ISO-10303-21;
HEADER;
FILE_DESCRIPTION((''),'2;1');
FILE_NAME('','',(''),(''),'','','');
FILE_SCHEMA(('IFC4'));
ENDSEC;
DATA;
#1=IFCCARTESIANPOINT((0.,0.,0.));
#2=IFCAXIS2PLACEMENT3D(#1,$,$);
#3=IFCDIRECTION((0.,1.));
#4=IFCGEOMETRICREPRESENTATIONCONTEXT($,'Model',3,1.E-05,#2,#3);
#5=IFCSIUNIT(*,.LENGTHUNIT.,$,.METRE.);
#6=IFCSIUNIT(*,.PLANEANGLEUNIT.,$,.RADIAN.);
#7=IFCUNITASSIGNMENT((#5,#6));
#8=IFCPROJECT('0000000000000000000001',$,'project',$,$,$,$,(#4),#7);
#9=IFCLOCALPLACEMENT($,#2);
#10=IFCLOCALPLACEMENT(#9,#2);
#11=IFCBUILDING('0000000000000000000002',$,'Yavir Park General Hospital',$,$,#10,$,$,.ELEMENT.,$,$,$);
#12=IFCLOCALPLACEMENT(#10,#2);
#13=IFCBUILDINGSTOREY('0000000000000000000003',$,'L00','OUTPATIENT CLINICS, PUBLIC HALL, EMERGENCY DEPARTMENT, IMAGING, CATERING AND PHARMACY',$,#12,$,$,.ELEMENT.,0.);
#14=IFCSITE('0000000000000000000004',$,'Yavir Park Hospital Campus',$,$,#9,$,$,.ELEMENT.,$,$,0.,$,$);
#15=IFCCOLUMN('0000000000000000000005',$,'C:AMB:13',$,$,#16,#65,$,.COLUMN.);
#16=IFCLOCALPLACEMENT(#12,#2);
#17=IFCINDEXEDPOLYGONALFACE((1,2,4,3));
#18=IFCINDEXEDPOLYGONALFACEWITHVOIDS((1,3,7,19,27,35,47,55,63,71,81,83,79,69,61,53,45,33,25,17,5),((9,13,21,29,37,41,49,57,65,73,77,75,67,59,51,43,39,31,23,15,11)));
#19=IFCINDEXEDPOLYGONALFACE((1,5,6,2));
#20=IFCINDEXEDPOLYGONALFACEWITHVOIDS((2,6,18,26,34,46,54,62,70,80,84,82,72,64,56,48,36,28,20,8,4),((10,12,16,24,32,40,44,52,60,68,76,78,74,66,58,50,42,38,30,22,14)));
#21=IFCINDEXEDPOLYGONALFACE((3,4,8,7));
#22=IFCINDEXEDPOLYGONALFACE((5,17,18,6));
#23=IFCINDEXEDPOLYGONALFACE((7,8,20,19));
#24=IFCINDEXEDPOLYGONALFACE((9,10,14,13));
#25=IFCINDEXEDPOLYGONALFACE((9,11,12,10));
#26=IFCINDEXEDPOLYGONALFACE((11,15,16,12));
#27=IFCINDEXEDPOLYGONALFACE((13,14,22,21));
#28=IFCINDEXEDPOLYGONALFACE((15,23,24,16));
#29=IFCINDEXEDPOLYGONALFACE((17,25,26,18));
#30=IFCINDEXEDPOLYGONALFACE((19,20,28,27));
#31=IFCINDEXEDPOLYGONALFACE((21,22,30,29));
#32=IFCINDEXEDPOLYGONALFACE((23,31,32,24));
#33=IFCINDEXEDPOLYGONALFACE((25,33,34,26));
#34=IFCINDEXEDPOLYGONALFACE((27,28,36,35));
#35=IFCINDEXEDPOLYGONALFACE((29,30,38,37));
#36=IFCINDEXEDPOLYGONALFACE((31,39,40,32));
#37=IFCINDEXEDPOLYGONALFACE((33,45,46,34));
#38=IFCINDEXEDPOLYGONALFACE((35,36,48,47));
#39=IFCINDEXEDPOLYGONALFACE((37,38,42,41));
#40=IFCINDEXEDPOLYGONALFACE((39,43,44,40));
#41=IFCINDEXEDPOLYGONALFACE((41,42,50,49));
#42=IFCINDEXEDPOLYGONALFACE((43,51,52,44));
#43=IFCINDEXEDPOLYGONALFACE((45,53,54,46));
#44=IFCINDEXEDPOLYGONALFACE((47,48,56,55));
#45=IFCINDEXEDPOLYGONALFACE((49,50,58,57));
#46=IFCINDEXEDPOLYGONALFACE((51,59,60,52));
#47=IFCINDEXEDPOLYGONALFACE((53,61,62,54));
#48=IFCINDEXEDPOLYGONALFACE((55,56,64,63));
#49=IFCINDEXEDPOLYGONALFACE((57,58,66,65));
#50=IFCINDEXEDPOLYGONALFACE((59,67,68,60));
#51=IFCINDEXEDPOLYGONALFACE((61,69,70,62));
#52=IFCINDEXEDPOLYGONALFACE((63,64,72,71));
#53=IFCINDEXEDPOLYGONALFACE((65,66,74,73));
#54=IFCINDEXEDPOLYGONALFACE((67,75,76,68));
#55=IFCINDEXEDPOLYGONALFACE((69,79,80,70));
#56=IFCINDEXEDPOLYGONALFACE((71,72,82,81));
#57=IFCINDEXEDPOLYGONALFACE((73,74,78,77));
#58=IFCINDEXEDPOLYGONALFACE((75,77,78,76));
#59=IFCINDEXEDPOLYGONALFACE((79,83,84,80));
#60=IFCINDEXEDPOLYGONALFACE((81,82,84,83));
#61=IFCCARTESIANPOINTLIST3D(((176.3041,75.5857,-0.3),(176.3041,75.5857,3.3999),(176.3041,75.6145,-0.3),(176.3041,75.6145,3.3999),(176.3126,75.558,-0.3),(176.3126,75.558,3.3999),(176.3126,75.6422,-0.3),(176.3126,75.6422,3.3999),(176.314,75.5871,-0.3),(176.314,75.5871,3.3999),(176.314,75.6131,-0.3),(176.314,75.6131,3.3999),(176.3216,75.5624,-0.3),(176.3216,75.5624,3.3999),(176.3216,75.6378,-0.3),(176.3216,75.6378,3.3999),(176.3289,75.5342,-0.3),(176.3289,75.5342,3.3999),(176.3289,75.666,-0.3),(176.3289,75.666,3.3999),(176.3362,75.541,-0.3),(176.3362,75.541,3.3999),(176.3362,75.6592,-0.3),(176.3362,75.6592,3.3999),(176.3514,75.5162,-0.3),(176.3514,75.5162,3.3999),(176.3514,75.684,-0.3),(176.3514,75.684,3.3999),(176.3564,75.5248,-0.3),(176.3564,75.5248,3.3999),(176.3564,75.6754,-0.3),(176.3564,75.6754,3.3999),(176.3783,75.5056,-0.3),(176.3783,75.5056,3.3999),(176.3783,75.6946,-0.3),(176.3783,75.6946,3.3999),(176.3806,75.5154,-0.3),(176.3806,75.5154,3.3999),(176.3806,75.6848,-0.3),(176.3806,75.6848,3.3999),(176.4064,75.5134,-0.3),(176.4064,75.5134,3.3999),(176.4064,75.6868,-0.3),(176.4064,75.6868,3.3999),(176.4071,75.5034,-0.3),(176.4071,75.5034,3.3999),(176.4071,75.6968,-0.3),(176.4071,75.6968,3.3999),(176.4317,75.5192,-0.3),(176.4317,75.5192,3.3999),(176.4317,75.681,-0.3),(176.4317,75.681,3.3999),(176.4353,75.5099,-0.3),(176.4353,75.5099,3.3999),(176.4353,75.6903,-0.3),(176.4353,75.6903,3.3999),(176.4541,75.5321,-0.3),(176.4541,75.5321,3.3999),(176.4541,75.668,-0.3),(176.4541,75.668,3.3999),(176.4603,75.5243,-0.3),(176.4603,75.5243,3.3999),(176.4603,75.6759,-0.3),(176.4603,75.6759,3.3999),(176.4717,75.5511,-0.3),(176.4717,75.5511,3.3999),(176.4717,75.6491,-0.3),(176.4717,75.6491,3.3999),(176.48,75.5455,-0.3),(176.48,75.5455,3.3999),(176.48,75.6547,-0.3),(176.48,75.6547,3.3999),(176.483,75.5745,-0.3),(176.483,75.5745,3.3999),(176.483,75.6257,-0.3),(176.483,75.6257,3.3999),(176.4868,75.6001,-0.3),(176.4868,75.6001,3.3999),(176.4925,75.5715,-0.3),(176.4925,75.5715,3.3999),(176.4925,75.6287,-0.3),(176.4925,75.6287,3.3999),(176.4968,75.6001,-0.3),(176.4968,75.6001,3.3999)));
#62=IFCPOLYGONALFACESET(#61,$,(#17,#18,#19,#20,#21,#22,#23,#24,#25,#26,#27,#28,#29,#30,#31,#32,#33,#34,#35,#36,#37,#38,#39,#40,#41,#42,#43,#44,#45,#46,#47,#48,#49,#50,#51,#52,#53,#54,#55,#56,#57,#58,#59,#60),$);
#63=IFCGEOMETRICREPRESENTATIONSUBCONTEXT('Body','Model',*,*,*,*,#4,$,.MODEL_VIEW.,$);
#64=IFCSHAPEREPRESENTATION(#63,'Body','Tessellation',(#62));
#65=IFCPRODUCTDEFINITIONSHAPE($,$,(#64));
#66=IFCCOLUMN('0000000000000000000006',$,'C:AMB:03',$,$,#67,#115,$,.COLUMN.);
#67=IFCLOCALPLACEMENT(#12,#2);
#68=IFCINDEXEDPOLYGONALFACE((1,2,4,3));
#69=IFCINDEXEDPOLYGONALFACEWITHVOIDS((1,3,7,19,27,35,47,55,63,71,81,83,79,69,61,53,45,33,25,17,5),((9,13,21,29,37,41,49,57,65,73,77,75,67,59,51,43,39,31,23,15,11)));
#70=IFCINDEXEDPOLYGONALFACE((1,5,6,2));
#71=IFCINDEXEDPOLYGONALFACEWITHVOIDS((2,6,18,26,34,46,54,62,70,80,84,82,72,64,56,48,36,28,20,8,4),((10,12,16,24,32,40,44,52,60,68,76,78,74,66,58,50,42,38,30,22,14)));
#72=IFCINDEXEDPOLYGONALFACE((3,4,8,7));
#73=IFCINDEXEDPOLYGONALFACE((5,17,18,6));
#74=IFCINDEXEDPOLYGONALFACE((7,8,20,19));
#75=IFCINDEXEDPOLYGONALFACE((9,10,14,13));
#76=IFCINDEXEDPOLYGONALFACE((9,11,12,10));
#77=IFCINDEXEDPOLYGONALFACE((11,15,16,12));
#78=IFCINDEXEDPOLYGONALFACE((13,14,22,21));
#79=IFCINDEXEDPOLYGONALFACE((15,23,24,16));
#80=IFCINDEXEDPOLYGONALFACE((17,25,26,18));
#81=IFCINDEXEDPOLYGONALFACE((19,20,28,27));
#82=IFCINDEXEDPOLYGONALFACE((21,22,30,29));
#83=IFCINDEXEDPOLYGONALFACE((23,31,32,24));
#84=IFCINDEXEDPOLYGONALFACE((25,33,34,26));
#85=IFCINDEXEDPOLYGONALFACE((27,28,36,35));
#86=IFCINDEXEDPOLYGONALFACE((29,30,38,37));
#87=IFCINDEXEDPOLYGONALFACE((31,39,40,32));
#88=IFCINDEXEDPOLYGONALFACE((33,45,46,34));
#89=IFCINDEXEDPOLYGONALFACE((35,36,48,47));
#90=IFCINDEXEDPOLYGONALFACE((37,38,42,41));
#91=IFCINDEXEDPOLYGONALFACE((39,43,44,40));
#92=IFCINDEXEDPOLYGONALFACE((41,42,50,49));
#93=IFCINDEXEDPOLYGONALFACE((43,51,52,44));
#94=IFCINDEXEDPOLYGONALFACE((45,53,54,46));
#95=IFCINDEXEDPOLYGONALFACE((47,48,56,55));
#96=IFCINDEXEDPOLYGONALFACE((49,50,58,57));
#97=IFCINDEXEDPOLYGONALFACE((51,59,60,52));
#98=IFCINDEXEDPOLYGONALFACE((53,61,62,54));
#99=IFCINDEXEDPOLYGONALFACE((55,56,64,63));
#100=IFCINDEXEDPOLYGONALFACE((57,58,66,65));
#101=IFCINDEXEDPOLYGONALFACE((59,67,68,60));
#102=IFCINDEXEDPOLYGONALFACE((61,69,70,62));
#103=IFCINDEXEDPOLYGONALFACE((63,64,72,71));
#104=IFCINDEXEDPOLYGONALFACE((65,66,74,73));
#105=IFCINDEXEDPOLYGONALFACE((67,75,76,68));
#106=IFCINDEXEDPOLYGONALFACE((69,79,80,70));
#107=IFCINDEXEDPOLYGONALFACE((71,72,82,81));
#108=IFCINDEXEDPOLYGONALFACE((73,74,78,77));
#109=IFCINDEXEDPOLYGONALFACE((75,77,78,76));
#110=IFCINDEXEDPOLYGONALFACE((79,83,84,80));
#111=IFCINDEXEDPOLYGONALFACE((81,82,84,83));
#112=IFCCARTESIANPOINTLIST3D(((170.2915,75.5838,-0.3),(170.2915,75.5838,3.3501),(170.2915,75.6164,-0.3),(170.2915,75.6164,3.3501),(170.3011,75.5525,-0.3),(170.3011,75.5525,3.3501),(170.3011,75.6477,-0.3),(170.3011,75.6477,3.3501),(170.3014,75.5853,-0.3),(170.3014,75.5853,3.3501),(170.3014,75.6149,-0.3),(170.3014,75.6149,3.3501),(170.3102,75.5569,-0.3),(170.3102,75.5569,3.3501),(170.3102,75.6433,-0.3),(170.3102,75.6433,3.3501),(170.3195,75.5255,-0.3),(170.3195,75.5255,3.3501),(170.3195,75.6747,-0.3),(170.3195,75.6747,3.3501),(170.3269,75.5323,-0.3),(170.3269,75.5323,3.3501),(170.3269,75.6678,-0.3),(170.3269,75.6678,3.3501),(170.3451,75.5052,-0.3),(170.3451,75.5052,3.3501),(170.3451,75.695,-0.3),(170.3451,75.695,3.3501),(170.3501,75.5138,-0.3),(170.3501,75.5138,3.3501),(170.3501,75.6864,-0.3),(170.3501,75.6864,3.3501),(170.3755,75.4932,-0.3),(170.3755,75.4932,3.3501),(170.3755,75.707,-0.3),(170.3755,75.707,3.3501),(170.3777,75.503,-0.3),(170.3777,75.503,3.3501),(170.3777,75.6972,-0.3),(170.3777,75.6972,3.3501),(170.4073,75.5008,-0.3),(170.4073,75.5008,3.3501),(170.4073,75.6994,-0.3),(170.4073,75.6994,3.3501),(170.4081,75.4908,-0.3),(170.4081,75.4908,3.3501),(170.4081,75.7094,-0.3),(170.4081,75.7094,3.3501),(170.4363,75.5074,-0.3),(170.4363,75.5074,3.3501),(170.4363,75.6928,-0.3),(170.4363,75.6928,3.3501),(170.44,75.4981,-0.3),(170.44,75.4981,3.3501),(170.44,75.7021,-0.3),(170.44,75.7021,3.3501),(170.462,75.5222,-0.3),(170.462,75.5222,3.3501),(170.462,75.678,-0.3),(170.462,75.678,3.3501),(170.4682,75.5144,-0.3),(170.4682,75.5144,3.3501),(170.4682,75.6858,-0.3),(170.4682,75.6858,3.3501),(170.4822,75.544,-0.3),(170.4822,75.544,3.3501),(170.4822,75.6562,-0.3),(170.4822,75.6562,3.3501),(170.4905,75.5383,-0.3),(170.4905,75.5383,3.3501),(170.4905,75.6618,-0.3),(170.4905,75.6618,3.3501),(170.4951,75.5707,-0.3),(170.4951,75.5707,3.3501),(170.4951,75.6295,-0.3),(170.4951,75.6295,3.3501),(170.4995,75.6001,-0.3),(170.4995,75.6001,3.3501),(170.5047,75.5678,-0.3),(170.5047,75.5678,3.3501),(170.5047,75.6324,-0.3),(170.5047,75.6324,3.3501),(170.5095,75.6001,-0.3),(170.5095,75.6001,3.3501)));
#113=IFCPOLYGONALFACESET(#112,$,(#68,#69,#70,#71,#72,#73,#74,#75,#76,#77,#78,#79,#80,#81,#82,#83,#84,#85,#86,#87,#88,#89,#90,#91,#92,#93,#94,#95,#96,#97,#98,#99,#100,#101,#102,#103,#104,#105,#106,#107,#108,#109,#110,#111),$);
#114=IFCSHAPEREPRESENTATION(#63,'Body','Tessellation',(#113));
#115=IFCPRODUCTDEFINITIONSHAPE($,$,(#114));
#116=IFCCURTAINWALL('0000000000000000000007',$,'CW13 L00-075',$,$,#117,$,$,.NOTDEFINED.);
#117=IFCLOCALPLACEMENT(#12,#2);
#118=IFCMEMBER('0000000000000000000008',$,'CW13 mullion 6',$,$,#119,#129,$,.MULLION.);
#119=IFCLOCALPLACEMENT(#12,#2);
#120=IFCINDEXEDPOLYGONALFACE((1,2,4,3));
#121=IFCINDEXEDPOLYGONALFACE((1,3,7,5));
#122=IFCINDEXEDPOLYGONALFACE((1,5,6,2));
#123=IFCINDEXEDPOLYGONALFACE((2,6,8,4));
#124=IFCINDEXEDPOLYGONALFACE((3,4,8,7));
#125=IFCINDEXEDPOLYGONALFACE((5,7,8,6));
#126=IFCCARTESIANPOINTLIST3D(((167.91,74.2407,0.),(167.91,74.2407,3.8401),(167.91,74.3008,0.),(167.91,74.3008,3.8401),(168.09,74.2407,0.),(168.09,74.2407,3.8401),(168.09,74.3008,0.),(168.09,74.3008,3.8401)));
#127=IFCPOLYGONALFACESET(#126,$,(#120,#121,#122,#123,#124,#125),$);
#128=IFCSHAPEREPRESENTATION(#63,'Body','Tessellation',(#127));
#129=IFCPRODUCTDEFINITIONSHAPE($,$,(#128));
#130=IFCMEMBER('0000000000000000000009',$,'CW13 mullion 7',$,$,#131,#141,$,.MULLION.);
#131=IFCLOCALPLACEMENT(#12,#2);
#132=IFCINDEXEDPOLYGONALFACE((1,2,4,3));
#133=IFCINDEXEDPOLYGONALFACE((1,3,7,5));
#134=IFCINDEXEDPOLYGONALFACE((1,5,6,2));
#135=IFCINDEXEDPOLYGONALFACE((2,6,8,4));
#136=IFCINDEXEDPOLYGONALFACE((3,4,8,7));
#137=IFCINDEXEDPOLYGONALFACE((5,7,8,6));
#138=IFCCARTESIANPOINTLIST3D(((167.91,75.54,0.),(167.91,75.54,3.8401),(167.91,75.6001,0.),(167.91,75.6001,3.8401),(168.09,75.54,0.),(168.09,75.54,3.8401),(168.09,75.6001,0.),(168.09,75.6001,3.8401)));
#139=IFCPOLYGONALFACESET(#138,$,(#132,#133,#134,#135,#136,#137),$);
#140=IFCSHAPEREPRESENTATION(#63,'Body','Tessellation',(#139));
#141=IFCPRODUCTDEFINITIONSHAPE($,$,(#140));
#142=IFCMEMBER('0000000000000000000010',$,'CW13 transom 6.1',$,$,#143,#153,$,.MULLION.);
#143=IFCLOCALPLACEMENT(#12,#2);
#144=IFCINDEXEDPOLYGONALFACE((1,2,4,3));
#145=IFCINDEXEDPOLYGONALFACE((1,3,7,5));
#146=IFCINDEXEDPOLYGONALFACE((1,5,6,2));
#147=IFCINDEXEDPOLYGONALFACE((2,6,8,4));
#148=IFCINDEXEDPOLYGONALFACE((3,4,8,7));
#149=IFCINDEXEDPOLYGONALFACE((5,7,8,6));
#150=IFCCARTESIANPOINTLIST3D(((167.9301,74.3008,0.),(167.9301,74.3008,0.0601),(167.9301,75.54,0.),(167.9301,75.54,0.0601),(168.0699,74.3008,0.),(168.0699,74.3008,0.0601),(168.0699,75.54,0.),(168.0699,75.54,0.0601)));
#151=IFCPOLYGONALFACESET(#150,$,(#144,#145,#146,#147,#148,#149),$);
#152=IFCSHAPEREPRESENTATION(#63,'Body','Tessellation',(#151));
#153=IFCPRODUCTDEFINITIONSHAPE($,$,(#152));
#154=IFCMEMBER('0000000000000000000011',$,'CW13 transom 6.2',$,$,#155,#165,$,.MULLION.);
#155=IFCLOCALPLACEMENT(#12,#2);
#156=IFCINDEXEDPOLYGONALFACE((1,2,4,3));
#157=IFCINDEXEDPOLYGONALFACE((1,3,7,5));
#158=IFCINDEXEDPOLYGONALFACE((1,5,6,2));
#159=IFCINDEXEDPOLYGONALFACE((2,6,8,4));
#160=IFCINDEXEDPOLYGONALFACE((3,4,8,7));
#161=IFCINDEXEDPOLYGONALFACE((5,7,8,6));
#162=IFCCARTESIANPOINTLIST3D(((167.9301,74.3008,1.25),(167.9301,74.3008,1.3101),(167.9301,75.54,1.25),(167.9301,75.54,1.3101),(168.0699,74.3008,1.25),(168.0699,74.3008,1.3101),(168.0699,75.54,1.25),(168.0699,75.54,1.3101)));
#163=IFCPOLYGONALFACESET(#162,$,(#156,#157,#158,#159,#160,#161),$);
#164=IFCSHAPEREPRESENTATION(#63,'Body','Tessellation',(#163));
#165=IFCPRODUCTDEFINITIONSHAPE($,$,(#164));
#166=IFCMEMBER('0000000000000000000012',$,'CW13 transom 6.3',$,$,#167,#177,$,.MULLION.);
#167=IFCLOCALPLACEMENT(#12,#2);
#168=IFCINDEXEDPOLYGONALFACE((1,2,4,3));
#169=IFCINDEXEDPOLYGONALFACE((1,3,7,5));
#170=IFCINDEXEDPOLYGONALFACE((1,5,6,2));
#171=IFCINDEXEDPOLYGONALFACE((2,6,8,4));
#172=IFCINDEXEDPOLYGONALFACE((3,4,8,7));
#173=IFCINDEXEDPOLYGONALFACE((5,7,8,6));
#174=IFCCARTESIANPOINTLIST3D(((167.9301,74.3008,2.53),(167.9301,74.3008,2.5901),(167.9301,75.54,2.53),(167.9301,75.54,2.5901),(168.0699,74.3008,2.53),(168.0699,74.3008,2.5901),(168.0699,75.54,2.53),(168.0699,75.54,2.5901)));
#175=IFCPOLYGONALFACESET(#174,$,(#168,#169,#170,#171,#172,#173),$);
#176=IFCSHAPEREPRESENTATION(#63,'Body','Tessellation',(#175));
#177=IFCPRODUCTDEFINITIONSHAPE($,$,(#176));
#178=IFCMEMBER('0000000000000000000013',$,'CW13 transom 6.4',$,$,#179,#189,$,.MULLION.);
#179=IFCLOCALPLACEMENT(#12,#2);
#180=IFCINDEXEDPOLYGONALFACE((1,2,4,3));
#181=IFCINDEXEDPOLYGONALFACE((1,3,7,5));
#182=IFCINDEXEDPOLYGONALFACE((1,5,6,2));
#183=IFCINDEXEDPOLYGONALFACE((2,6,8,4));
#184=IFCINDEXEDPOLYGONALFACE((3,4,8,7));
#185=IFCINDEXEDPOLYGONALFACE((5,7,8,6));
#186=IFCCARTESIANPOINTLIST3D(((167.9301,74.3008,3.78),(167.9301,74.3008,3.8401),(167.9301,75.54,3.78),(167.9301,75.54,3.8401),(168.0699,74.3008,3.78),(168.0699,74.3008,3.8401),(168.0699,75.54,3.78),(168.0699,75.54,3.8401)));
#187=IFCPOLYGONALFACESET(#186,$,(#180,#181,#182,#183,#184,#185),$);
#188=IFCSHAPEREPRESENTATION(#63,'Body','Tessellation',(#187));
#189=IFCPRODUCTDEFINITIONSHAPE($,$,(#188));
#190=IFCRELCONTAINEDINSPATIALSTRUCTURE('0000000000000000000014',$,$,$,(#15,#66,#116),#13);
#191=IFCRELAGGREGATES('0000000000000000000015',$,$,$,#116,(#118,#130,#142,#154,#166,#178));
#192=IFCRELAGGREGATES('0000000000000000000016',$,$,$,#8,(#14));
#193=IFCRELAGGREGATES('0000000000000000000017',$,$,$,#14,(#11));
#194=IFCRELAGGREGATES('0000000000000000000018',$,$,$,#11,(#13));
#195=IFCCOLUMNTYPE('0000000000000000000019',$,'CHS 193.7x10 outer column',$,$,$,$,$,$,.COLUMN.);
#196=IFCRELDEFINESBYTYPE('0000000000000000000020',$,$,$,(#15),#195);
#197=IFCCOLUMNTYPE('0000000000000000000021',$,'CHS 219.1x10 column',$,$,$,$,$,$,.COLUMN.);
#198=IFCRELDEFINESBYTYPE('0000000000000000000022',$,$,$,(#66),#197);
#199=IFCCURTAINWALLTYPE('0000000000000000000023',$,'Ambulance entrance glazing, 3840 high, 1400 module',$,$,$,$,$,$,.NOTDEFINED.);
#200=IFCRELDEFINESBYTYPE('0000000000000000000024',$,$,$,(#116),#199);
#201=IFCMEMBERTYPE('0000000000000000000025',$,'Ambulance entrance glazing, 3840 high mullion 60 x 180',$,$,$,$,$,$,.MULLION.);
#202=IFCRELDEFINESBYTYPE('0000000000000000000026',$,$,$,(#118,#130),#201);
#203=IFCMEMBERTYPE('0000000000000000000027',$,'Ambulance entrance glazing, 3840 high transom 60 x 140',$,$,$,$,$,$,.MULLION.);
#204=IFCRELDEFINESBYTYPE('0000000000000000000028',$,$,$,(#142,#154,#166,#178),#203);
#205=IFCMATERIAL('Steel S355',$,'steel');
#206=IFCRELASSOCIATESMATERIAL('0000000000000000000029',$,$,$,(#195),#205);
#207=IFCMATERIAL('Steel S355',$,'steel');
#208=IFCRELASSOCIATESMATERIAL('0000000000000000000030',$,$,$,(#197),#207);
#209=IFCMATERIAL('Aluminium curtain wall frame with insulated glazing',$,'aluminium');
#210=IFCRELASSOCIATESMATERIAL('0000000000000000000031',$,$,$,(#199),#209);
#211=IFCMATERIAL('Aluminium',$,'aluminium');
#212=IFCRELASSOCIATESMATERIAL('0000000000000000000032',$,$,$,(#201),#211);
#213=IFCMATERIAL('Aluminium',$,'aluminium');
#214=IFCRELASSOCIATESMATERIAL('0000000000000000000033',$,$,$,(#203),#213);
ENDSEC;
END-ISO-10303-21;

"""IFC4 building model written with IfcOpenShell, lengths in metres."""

from ifc_helpers import new_model, si_unit, direction, frame, origin, origin_2d, place, context, subcontext, project, spatial, rectangle, hollow_circle, extrude, material, material_profile, profile_set, type_object, element, aggregate, save


model = new_model("IFC4")

# Units and contexts
model_context = context("Model", 3, precision=1e-05, world=origin(), true_north=direction((0.0, 1.0)))
body_context = subcontext(model_context, "Body", "Model", "MODEL_VIEW")
ifc_project = project(units=[si_unit("LENGTHUNIT", "METRE"), si_unit("PLANEANGLEUNIT", "RADIAN")], contexts=[model_context])

# Site, building, storey
site_placement = place(None, origin())
site = spatial("IfcSite", under=ifc_project, at=site_placement, Name="Yavir Park Hospital Campus", CompositionType="ELEMENT", RefElevation=0.0)
building_placement = place(site_placement, origin())
building = spatial("IfcBuilding", under=site, at=building_placement, Name="Yavir Park General Hospital", CompositionType="ELEMENT")
storey_placement = place(building_placement, origin())
storey = spatial("IfcBuildingStorey", under=building, at=storey_placement, Name="L00", Description="OUTPATIENT CLINICS, PUBLIC HALL, EMERGENCY DEPARTMENT, IMAGING, CATERING AND PHARMACY", CompositionType="ELEMENT", Elevation=0.0)

# Columns
ifc_material_1 = material(Name="Steel S355", Category="steel")
ifc_material_profile_1 = material_profile(ifc_material_1, hollow_circle(Radius=0.0969, WallThickness=0.01, at=origin_2d()), Name="CHS193.7x10")
ifc_profile_set_1 = profile_set([ifc_material_profile_1], Name="Steel S355")
column_type_1 = type_object("IfcColumnType", Name="CHS 193.7x10 outer column", PredefinedType="COLUMN", material=ifc_profile_set_1)
column_1_placement = place(storey_placement, frame((176.3999, 75.6001, -0.3), z_axis=(0.0, 0.0, 1.0), x_axis=(1.0, 0.0, 0.0)))
element("IfcColumn", 1, at=column_1_placement, inside=storey, type_object=column_type_1, Name="C:AMB:13", PredefinedType="COLUMN", context=body_context, shape_type="SweptSolid", body=[
    extrude(hollow_circle(Radius=0.0969, WallThickness=0.01, at=origin_2d()), origin(), (0.0, 0.0, 1.0), 3.7),
])
ifc_material_2 = material(Name="Steel S355", Category="steel")
ifc_material_profile_2 = material_profile(ifc_material_2, hollow_circle(Radius=0.1096, WallThickness=0.01, at=origin_2d()), Name="CHS219.1x10")
ifc_profile_set_2 = profile_set([ifc_material_profile_2], Name="Steel S355")
column_type_2 = type_object("IfcColumnType", Name="CHS 219.1x10 column", PredefinedType="COLUMN", material=ifc_profile_set_2)
column_2_placement = place(storey_placement, frame((170.3999, 75.6001, -0.3), z_axis=(0.0, 0.0, 1.0), x_axis=(1.0, 0.0, 0.0)))
element("IfcColumn", 2, at=column_2_placement, inside=storey, type_object=column_type_2, Name="C:AMB:03", PredefinedType="COLUMN", context=body_context, shape_type="SweptSolid", body=[
    extrude(hollow_circle(Radius=0.1096, WallThickness=0.01, at=origin_2d()), origin(), (0.0, 0.0, 1.0), 3.6501),
])

# Curtain wall, members
ifc_material_3 = material(Name="Aluminium curtain wall frame with insulated glazing", Category="aluminium")
curtain_wall_type = type_object("IfcCurtainWallType", Name="Ambulance entrance glazing, 3840 high, 1400 module", PredefinedType="NOTDEFINED", material=ifc_material_3)
curtain_wall_placement = place(storey_placement, origin())
curtain_wall = element("IfcCurtainWall", 3, at=curtain_wall_placement, inside=storey, type_object=curtain_wall_type, Name="CW13 L00-075", PredefinedType="NOTDEFINED")
ifc_material_4 = material(Name="Aluminium", Category="aluminium")
ifc_material_profile_3 = material_profile(ifc_material_4, rectangle(XDim=0.1799, YDim=0.0601, at=origin_2d()), Name="AL 60x180")
ifc_profile_set_3 = profile_set([ifc_material_profile_3], Name="Aluminium")
member_type_1 = type_object("IfcMemberType", Name="Ambulance entrance glazing, 3840 high mullion 60 x 180", PredefinedType="MULLION", material=ifc_profile_set_3)
member_1_placement = place(storey_placement, frame((168.0, 74.2708, 0.0), z_axis=(0.0, 0.0, 1.0), x_axis=(-1.0, 0.0, 0.0)))
member_1 = element("IfcMember", 4, at=member_1_placement, type_object=member_type_1, Name="CW13 mullion 6", PredefinedType="MULLION", context=body_context, shape_type="SweptSolid", body=[
    extrude(rectangle(XDim=0.1799, YDim=0.0601, at=origin_2d()), origin(), (0.0, 0.0, 1.0), 3.8401),
])
member_2_placement = place(storey_placement, frame((168.0, 75.5701, 0.0), z_axis=(0.0, 0.0, 1.0), x_axis=(-1.0, 0.0, 0.0)))
member_2 = element("IfcMember", 5, at=member_2_placement, type_object=member_type_1, Name="CW13 mullion 7", PredefinedType="MULLION", context=body_context, shape_type="SweptSolid", body=[
    extrude(rectangle(XDim=0.1799, YDim=0.0601, at=origin_2d()), origin(), (0.0, 0.0, 1.0), 3.8401),
])
ifc_material_5 = material(Name="Aluminium", Category="aluminium")
ifc_material_profile_4 = material_profile(ifc_material_5, rectangle(XDim=0.1399, YDim=0.0601, at=origin_2d()), Name="AL 140x60")
ifc_profile_set_4 = profile_set([ifc_material_profile_4], Name="Aluminium")
member_type_2 = type_object("IfcMemberType", Name="Ambulance entrance glazing, 3840 high transom 60 x 140", PredefinedType="MULLION", material=ifc_profile_set_4)
member_3_placement = place(storey_placement, frame((168.0, 74.3008, 0.03), z_axis=(0.0, 1.0, 0.0), x_axis=(-1.0, 0.0, 0.0)))
member_3 = element("IfcMember", 6, at=member_3_placement, type_object=member_type_2, Name="CW13 transom 6.1", PredefinedType="MULLION", context=body_context, shape_type="SweptSolid", body=[
    extrude(rectangle(XDim=0.1399, YDim=0.0601, at=origin_2d()), origin(), (0.0, 0.0, 1.0), 1.2393),
])
member_4_placement = place(storey_placement, frame((168.0, 74.3008, 1.28), z_axis=(0.0, 1.0, 0.0), x_axis=(-1.0, 0.0, 0.0)))
member_4 = element("IfcMember", 7, at=member_4_placement, type_object=member_type_2, Name="CW13 transom 6.2", PredefinedType="MULLION", context=body_context, shape_type="SweptSolid", body=[
    extrude(rectangle(XDim=0.1399, YDim=0.0601, at=origin_2d()), origin(), (0.0, 0.0, 1.0), 1.2393),
])
member_5_placement = place(storey_placement, frame((168.0, 74.3008, 2.5601), z_axis=(0.0, 1.0, 0.0), x_axis=(-1.0, 0.0, 0.0)))
member_5 = element("IfcMember", 8, at=member_5_placement, type_object=member_type_2, Name="CW13 transom 6.3", PredefinedType="MULLION", context=body_context, shape_type="SweptSolid", body=[
    extrude(rectangle(XDim=0.1399, YDim=0.0601, at=origin_2d()), origin(), (0.0, 0.0, 1.0), 1.2393),
])
member_6_placement = place(storey_placement, frame((168.0, 74.3008, 3.8101), z_axis=(0.0, 1.0, 0.0), x_axis=(-1.0, 0.0, 0.0)))
member_6 = element("IfcMember", 9, at=member_6_placement, type_object=member_type_2, Name="CW13 transom 6.4", PredefinedType="MULLION", context=body_context, shape_type="SweptSolid", body=[
    extrude(rectangle(XDim=0.1399, YDim=0.0601, at=origin_2d()), origin(), (0.0, 0.0, 1.0), 1.2393),
])

aggregate(curtain_wall, [member_1, member_2, member_3, member_4, member_5, member_6])

save(model, "model.ifc")
